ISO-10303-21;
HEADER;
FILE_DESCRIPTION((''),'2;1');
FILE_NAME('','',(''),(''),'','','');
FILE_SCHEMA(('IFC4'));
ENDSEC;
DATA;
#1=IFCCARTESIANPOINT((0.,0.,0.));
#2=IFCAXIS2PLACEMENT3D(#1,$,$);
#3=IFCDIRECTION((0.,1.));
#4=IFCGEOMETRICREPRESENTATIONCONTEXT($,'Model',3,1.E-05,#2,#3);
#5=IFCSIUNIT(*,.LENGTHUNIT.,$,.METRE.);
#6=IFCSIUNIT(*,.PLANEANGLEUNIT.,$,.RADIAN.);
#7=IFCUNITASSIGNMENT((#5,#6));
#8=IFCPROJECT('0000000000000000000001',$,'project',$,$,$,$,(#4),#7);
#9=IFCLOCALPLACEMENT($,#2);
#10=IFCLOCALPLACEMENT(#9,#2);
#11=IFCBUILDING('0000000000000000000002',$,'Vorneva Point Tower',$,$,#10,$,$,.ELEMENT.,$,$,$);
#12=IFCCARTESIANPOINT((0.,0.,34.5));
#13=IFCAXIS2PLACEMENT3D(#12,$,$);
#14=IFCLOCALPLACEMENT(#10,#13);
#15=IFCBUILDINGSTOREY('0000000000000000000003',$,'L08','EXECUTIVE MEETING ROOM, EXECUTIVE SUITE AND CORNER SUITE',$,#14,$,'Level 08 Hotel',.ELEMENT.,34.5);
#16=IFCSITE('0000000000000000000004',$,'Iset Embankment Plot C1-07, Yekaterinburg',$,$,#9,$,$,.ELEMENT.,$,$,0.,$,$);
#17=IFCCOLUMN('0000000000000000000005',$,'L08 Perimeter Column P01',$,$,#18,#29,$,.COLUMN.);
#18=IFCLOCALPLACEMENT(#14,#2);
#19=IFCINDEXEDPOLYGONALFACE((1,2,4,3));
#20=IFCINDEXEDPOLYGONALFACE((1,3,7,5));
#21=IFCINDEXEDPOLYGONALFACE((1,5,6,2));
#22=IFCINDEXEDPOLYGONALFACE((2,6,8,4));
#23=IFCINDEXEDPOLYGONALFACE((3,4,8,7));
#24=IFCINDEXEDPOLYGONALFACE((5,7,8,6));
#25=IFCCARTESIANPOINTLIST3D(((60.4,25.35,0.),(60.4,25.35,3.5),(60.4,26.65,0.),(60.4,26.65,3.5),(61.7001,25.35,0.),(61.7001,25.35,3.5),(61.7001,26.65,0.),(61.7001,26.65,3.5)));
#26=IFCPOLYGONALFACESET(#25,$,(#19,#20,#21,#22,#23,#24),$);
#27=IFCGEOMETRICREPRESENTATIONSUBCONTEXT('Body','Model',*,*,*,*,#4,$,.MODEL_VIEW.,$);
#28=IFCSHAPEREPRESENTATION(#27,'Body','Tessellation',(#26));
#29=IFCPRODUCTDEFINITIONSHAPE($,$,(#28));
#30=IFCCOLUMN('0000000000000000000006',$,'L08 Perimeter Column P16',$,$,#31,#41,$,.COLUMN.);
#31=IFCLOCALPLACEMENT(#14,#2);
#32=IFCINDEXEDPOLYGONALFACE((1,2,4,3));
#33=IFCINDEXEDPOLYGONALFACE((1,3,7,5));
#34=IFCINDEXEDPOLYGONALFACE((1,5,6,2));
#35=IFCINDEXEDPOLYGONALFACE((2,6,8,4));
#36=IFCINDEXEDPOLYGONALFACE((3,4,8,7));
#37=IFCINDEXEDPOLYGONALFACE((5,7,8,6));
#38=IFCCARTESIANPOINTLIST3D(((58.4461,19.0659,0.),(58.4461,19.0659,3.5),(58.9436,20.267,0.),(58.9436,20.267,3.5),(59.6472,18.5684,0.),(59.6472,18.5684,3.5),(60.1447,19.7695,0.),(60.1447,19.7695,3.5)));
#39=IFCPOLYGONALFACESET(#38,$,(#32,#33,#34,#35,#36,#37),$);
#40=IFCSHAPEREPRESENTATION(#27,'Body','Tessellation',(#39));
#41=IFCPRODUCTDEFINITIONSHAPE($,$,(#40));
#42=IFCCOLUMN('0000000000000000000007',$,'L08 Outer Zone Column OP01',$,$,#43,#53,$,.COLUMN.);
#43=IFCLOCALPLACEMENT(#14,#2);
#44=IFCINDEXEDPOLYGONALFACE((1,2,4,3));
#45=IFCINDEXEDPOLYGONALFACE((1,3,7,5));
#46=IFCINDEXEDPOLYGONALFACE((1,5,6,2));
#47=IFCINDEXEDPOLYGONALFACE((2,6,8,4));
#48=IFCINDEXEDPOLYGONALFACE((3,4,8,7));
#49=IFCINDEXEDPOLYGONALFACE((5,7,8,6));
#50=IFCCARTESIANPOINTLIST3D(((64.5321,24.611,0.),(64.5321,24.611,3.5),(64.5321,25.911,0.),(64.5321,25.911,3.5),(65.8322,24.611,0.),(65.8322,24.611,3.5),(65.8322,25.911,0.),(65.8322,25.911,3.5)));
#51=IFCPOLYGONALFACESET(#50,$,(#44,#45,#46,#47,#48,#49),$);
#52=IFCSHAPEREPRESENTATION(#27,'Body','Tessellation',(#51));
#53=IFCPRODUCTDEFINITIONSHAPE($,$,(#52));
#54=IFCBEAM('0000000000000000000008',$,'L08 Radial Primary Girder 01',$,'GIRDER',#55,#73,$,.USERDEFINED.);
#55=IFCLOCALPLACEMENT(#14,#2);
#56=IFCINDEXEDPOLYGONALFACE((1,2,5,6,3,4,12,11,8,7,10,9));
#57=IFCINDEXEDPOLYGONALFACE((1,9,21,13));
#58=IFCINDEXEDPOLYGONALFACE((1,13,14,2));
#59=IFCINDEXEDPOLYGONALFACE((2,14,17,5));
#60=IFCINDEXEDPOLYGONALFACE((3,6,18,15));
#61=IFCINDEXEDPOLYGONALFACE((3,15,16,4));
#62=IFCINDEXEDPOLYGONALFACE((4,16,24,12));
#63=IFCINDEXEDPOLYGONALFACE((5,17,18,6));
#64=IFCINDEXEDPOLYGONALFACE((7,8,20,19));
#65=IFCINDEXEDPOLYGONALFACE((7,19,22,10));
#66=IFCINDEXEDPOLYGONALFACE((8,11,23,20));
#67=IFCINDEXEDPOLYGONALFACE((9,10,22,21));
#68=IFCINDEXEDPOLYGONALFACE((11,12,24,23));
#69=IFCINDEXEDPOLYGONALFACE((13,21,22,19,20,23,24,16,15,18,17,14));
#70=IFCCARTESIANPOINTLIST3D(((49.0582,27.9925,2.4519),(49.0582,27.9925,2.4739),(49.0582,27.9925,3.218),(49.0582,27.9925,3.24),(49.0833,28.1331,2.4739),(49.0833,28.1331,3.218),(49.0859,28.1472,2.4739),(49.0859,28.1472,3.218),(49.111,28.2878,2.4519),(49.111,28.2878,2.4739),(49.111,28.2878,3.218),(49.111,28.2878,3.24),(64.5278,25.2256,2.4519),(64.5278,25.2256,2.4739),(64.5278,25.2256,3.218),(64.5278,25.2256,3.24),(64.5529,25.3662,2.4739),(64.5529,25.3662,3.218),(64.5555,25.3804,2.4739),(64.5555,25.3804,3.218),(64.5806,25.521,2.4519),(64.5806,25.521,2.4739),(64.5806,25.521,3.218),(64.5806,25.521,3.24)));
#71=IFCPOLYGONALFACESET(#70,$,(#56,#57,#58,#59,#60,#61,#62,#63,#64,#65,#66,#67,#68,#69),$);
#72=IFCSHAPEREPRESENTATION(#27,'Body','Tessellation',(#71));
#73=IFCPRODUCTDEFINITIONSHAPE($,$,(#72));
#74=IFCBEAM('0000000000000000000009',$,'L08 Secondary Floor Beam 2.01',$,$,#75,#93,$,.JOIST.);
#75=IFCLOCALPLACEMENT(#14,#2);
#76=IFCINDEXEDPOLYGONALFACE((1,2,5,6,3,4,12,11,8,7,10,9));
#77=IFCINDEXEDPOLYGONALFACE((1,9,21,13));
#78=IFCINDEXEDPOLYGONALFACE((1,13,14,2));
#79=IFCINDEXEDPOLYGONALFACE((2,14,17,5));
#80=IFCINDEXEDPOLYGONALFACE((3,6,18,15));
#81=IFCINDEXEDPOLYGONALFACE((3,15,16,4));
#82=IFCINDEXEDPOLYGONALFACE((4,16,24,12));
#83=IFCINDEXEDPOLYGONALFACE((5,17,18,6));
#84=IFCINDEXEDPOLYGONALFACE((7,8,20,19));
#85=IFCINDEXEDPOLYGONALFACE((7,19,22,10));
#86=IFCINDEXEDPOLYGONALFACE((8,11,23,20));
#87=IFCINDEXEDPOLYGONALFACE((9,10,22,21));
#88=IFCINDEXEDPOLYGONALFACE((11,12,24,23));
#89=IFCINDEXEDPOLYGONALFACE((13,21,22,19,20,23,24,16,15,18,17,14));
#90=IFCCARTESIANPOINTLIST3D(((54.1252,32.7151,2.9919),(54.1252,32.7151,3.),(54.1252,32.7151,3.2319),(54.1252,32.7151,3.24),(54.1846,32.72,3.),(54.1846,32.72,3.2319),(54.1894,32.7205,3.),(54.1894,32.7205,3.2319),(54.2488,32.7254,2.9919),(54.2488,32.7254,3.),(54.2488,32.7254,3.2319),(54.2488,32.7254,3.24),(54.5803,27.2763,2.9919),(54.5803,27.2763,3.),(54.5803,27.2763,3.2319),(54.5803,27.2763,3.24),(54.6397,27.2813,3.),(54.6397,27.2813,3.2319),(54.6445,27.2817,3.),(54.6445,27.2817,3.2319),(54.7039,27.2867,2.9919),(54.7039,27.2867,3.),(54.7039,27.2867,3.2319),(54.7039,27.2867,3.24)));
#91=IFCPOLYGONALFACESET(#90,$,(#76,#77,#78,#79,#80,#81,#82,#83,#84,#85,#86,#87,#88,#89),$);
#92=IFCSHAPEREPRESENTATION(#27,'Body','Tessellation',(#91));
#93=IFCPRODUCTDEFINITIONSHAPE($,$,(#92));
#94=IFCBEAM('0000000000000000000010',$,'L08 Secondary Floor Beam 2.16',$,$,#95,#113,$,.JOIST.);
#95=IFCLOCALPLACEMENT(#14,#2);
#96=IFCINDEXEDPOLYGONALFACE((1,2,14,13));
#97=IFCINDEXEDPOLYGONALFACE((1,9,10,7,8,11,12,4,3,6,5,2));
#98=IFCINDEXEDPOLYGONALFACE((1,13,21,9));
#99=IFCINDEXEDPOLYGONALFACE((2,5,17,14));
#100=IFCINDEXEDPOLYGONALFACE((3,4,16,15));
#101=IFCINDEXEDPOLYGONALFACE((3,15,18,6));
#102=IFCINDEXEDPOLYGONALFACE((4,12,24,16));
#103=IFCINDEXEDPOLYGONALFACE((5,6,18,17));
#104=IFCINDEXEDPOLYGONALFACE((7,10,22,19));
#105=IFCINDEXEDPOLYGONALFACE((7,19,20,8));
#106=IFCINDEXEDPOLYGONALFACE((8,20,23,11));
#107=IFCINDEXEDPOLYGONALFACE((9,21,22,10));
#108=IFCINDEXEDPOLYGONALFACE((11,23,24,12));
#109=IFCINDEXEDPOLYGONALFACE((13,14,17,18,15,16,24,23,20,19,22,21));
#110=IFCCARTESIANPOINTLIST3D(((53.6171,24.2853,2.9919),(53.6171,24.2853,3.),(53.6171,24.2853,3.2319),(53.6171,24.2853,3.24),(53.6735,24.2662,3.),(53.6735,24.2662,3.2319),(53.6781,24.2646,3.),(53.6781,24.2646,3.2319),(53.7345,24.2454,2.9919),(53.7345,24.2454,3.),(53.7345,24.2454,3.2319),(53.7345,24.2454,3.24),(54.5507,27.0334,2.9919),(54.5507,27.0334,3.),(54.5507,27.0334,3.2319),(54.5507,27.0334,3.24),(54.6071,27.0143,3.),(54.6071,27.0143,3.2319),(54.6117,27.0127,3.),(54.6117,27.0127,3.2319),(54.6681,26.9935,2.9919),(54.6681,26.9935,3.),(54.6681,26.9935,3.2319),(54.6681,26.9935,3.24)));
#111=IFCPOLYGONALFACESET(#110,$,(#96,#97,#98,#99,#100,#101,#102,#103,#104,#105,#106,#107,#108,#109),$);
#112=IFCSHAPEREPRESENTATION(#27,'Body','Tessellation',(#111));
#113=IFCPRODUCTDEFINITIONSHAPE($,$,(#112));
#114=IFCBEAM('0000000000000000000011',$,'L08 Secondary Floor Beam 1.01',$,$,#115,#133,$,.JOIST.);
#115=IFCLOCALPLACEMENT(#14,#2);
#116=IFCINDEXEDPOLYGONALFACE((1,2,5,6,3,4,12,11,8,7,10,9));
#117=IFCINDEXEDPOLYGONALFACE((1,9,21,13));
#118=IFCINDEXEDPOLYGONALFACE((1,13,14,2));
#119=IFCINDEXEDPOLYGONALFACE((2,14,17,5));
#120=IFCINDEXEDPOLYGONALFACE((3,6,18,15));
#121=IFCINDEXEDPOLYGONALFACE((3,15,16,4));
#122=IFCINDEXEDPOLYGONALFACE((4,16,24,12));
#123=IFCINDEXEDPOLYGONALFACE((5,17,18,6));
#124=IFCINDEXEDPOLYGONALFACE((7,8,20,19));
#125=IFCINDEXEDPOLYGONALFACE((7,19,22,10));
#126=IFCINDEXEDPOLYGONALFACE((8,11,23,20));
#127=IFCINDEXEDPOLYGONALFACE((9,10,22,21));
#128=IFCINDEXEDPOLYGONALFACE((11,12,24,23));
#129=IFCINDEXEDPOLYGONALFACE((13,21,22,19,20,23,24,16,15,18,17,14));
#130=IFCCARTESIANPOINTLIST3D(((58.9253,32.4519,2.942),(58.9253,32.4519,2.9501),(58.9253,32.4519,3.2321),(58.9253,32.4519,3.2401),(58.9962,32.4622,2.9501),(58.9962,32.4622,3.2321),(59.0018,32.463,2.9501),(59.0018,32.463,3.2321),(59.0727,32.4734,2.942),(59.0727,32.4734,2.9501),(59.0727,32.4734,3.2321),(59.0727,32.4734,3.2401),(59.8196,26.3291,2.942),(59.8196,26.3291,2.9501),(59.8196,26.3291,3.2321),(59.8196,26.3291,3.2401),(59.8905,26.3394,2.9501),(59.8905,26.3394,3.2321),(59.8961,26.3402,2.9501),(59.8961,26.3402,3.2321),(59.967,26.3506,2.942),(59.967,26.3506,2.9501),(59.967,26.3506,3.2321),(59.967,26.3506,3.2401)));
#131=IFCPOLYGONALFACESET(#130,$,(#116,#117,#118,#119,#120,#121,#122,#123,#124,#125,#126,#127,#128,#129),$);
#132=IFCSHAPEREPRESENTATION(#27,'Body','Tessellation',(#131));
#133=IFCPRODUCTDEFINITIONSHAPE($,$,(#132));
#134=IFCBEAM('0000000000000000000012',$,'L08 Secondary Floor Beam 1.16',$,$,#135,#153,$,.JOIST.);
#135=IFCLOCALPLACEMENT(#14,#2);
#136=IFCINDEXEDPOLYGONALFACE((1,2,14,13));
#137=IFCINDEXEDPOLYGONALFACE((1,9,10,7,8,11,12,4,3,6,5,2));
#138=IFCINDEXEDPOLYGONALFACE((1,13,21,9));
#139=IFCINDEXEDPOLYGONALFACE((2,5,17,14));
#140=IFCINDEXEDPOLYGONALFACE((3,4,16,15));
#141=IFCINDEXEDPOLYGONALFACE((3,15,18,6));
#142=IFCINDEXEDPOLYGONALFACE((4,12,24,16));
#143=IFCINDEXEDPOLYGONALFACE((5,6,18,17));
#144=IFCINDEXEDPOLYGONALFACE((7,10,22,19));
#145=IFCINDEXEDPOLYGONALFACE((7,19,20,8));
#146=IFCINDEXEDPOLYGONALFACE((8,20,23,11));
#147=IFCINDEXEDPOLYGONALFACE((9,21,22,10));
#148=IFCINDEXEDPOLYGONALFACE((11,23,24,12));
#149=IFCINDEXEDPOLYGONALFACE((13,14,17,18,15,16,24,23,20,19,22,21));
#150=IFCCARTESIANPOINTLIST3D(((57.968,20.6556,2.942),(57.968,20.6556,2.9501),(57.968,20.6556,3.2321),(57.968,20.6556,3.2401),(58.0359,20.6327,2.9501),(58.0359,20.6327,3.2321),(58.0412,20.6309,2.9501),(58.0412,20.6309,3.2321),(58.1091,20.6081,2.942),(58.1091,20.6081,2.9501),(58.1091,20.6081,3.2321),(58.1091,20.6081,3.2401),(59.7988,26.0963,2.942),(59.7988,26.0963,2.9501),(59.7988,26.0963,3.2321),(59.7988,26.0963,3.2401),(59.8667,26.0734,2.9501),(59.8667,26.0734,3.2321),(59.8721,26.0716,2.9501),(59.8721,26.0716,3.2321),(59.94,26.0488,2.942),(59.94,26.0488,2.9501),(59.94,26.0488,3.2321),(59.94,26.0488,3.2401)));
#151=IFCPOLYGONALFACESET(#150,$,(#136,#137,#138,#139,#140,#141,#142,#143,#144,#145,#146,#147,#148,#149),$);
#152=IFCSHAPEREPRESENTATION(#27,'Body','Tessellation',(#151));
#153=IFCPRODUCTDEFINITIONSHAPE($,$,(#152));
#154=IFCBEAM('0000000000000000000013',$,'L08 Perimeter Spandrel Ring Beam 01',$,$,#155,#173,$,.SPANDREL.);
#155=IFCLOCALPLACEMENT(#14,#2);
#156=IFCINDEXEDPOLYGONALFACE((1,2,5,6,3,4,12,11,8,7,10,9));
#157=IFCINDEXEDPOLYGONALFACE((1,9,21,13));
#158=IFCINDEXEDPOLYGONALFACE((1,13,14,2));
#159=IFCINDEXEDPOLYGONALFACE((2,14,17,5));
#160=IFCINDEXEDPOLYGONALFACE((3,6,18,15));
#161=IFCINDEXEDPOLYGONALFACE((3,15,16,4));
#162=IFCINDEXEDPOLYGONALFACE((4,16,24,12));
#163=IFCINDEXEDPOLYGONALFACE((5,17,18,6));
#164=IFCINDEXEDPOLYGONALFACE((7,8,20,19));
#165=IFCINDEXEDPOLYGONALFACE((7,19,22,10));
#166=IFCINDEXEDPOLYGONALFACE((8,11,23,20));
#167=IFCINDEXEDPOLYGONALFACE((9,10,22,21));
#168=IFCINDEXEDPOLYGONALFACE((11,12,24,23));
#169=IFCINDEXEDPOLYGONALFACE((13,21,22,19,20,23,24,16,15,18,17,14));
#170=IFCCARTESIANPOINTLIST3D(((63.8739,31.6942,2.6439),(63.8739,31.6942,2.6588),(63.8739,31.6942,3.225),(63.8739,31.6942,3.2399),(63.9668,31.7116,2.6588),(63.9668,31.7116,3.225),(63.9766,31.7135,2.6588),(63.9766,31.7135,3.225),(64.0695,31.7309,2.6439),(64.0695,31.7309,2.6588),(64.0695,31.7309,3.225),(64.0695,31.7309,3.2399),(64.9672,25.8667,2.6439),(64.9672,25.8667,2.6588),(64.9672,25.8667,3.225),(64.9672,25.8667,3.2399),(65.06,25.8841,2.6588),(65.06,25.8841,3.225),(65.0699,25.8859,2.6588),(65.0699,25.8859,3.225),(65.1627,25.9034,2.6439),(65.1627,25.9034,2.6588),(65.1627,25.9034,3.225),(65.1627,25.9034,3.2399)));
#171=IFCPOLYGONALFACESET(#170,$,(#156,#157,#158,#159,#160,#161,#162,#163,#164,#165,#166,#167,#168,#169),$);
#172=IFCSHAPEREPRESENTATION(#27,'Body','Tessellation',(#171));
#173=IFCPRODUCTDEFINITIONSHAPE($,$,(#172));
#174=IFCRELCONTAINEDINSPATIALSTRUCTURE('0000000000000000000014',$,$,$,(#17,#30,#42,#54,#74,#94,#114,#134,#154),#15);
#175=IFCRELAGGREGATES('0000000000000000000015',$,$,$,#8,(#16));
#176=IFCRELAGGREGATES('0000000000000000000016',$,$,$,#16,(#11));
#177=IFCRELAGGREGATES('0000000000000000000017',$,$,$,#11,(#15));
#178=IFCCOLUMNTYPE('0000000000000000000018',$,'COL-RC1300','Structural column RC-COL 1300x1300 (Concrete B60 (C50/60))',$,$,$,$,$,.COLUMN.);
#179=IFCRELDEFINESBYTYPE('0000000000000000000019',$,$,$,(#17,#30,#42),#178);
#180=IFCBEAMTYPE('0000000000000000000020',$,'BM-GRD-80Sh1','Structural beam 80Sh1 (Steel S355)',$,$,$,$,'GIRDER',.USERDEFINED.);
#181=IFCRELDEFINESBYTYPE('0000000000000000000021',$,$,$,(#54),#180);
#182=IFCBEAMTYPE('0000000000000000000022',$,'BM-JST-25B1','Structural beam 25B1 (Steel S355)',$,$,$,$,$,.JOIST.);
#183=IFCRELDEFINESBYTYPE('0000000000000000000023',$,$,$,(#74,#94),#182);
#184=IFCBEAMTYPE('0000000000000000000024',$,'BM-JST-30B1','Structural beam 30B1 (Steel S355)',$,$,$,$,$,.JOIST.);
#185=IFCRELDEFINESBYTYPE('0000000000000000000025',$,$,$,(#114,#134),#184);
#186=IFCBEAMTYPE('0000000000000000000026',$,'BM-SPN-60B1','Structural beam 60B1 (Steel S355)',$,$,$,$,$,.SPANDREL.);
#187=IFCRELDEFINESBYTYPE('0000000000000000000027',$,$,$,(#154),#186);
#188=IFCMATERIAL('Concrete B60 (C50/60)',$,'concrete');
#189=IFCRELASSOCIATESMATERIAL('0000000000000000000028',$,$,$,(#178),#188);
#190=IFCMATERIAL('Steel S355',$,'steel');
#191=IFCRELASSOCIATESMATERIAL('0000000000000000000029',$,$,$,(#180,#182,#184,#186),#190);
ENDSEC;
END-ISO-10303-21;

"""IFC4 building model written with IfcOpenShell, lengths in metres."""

from ifc_helpers import new_model, si_unit, direction, frame, origin, origin_2d, place, context, subcontext, project, spatial, rectangle, i_section, extrude, material, material_profile, profile_set, type_object, element, save


model = new_model("IFC4")

# Units and contexts
model_context = context("Model", 3, precision=1e-05, world=origin(), true_north=direction((0.0, 1.0)))
body_context = subcontext(model_context, "Body", "Model", "MODEL_VIEW")
ifc_project = project(units=[si_unit("LENGTHUNIT", "METRE"), si_unit("PLANEANGLEUNIT", "RADIAN")], contexts=[model_context])

# Site, building, storey
site_placement = place(None, origin())
site = spatial("IfcSite", under=ifc_project, at=site_placement, Name="Iset Embankment Plot C1-07, Yekaterinburg", CompositionType="ELEMENT", RefElevation=0.0)
building_placement = place(site_placement, origin())
building = spatial("IfcBuilding", under=site, at=building_placement, Name="Vorneva Point Tower", CompositionType="ELEMENT")
storey_placement = place(building_placement, frame((0.0, 0.0, 34.5)))
storey = spatial("IfcBuildingStorey", under=building, at=storey_placement, Name="L08", Description="EXECUTIVE MEETING ROOM, EXECUTIVE SUITE AND CORNER SUITE", LongName="Level 08 Hotel", CompositionType="ELEMENT", Elevation=34.5)

# Columns
ifc_material_1 = material(Name="Concrete B60 (C50/60)", Category="concrete")
ifc_material_profile_1 = material_profile(ifc_material_1, rectangle(XDim=1.3, YDim=1.3, at=origin_2d()), Name="RC-COL 1300x1300")
ifc_profile_set_1 = profile_set([ifc_material_profile_1], Name="Concrete B60 (C50/60)")
column_type = type_object("IfcColumnType", Name="COL-RC1300", Description="Structural column RC-COL 1300x1300 (Concrete B60 (C50/60))", PredefinedType="COLUMN", material=ifc_profile_set_1)
for number, where, z_axis, x_axis, name in (
    (1, (61.05, 26.0, 0.0), (0.0, 0.0, 1.0), (1.0, 0.0, 0.0), "L08 Perimeter Column P01"),
    (2, (59.2954, 19.4177, 0.0), (0.0, 0.0, 1.0), (0.92388, -0.382683, 0.0), "L08 Perimeter Column P16"),
    (3, (65.1821, 25.261, 0.0), (0.0, 0.0, 1.0), (1.0, 0.0, 0.0), "L08 Outer Zone Column OP01"),
):
    element("IfcColumn", number, at=place(storey_placement, frame(where, z_axis=z_axis, x_axis=x_axis)), inside=storey, type_object=column_type, Name=name, PredefinedType="COLUMN", context=body_context, shape_type="SweptSolid", body=[
        extrude(rectangle(XDim=1.3, YDim=1.3, at=origin_2d()), origin(), (0.0, 0.0, 1.0), 3.5),
    ])

# Beams
ifc_material_2 = material(Name="Steel S355", Category="steel")
ifc_material_profile_2 = material_profile(ifc_material_2, i_section(OverallWidth=0.3, OverallDepth=0.7881, WebThickness=0.0144, FlangeThickness=0.022, at=origin_2d()), Name="80Sh1")
ifc_profile_set_2 = profile_set([ifc_material_profile_2], Name="Steel S355")
beam_type_1 = type_object("IfcBeamType", Name="BM-GRD-80Sh1", Description="Structural beam 80Sh1 (Steel S355)", ElementType="GIRDER", PredefinedType="USERDEFINED", material=ifc_profile_set_2)
beam_1_placement = place(storey_placement, frame((64.5542, 25.3733, 2.8459), z_axis=(-0.984379, 0.176064, 0.0), x_axis=(-0.176064, -0.984379, 0.0)))
element("IfcBeam", 4, at=beam_1_placement, inside=storey, type_object=beam_type_1, Name="L08 Radial Primary Girder 01", ObjectType="GIRDER", PredefinedType="USERDEFINED", context=body_context, shape_type="SweptSolid", body=[
    extrude(i_section(OverallWidth=0.3, OverallDepth=0.7881, WebThickness=0.0144, FlangeThickness=0.022, at=origin_2d()), origin(), (0.0, 0.0, 1.0), 15.7151),
])
ifc_material_profile_3 = material_profile(ifc_material_2, i_section(OverallWidth=0.124, OverallDepth=0.248, WebThickness=0.0049, FlangeThickness=0.0081, at=origin_2d()), Name="25B1")
ifc_profile_set_3 = profile_set([ifc_material_profile_3], Name="Steel S355")
beam_type_2 = type_object("IfcBeamType", Name="BM-JST-25B1", Description="Structural beam 25B1 (Steel S355)", PredefinedType="JOIST", material=ifc_profile_set_3)
beam_2_placement = place(storey_placement, frame((54.6421, 27.2815, 3.116), z_axis=(-0.083382, 0.996518, 0.0), x_axis=(-0.996518, -0.083382, 0.0)))
element("IfcBeam", 5, at=beam_2_placement, inside=storey, type_object=beam_type_2, Name="L08 Secondary Floor Beam 2.01", PredefinedType="JOIST", context=body_context, shape_type="SweptSolid", body=[
    extrude(i_section(OverallWidth=0.124, OverallDepth=0.248, WebThickness=0.0049, FlangeThickness=0.0081, at=origin_2d()), origin(), (0.0, 0.0, 1.0), 5.4578),
])
beam_3_placement = place(storey_placement, frame((53.6758, 24.2654, 3.116), z_axis=(0.321673, 0.946851, 0.0), x_axis=(-0.946851, 0.321673, 0.0)))
element("IfcBeam", 6, at=beam_3_placement, inside=storey, type_object=beam_type_2, Name="L08 Secondary Floor Beam 2.16", PredefinedType="JOIST", context=body_context, shape_type="SweptSolid", body=[
    extrude(i_section(OverallWidth=0.124, OverallDepth=0.248, WebThickness=0.0049, FlangeThickness=0.0081, at=origin_2d()), origin(), (0.0, 0.0, 1.0), 2.9023),
])
ifc_material_profile_4 = material_profile(ifc_material_2, i_section(OverallWidth=0.1489, OverallDepth=0.2981, WebThickness=0.0056, FlangeThickness=0.0081, at=origin_2d()), Name="30B1")
ifc_profile_set_4 = profile_set([ifc_material_profile_4], Name="Steel S355")
beam_type_3 = type_object("IfcBeamType", Name="BM-JST-30B1", Description="Structural beam 30B1 (Steel S355)", PredefinedType="JOIST", material=ifc_profile_set_4)
beam_4_placement = place(storey_placement, frame((59.8933, 26.3398, 3.0911), z_axis=(-0.144525, 0.989501, 0.0), x_axis=(-0.989501, -0.144525, 0.0)))
element("IfcBeam", 7, at=beam_4_placement, inside=storey, type_object=beam_type_3, Name="L08 Secondary Floor Beam 1.01", PredefinedType="JOIST", context=body_context, shape_type="SweptSolid", body=[
    extrude(i_section(OverallWidth=0.1489, OverallDepth=0.2981, WebThickness=0.0056, FlangeThickness=0.0081, at=origin_2d()), origin(), (0.0, 0.0, 1.0), 6.1877),
])
beam_5_placement = place(storey_placement, frame((58.0386, 20.6318, 3.0911), z_axis=(0.318931, 0.947778, 0.0), x_axis=(-0.947778, 0.318931, 0.0)))
element("IfcBeam", 8, at=beam_5_placement, inside=storey, type_object=beam_type_3, Name="L08 Secondary Floor Beam 1.16", PredefinedType="JOIST", context=body_context, shape_type="SweptSolid", body=[
    extrude(i_section(OverallWidth=0.1489, OverallDepth=0.2981, WebThickness=0.0056, FlangeThickness=0.0081, at=origin_2d()), origin(), (0.0, 0.0, 1.0), 5.7405),
])
ifc_material_profile_5 = material_profile(ifc_material_2, i_section(OverallWidth=0.199, OverallDepth=0.5959, WebThickness=0.01, FlangeThickness=0.0149, at=origin_2d()), Name="60B1")
ifc_profile_set_5 = profile_set([ifc_material_profile_5], Name="Steel S355")
beam_type_4 = type_object("IfcBeamType", Name="BM-SPN-60B1", Description="Structural beam 60B1 (Steel S355)", PredefinedType="SPANDREL", material=ifc_profile_set_5)
beam_6_placement = place(storey_placement, frame((65.0649, 25.885, 2.9419), z_axis=(-0.184383, 0.982854, 0.0), x_axis=(-0.982854, -0.184383, 0.0)))
element("IfcBeam", 9, at=beam_6_placement, inside=storey, type_object=beam_type_4, Name="L08 Perimeter Spandrel Ring Beam 01", PredefinedType="SPANDREL", context=body_context, shape_type="SweptSolid", body=[
    extrude(i_section(OverallWidth=0.199, OverallDepth=0.5959, WebThickness=0.01, FlangeThickness=0.0149, at=origin_2d()), origin(), (0.0, 0.0, 1.0), 5.9292),
])

save(model, "model.ifc")
